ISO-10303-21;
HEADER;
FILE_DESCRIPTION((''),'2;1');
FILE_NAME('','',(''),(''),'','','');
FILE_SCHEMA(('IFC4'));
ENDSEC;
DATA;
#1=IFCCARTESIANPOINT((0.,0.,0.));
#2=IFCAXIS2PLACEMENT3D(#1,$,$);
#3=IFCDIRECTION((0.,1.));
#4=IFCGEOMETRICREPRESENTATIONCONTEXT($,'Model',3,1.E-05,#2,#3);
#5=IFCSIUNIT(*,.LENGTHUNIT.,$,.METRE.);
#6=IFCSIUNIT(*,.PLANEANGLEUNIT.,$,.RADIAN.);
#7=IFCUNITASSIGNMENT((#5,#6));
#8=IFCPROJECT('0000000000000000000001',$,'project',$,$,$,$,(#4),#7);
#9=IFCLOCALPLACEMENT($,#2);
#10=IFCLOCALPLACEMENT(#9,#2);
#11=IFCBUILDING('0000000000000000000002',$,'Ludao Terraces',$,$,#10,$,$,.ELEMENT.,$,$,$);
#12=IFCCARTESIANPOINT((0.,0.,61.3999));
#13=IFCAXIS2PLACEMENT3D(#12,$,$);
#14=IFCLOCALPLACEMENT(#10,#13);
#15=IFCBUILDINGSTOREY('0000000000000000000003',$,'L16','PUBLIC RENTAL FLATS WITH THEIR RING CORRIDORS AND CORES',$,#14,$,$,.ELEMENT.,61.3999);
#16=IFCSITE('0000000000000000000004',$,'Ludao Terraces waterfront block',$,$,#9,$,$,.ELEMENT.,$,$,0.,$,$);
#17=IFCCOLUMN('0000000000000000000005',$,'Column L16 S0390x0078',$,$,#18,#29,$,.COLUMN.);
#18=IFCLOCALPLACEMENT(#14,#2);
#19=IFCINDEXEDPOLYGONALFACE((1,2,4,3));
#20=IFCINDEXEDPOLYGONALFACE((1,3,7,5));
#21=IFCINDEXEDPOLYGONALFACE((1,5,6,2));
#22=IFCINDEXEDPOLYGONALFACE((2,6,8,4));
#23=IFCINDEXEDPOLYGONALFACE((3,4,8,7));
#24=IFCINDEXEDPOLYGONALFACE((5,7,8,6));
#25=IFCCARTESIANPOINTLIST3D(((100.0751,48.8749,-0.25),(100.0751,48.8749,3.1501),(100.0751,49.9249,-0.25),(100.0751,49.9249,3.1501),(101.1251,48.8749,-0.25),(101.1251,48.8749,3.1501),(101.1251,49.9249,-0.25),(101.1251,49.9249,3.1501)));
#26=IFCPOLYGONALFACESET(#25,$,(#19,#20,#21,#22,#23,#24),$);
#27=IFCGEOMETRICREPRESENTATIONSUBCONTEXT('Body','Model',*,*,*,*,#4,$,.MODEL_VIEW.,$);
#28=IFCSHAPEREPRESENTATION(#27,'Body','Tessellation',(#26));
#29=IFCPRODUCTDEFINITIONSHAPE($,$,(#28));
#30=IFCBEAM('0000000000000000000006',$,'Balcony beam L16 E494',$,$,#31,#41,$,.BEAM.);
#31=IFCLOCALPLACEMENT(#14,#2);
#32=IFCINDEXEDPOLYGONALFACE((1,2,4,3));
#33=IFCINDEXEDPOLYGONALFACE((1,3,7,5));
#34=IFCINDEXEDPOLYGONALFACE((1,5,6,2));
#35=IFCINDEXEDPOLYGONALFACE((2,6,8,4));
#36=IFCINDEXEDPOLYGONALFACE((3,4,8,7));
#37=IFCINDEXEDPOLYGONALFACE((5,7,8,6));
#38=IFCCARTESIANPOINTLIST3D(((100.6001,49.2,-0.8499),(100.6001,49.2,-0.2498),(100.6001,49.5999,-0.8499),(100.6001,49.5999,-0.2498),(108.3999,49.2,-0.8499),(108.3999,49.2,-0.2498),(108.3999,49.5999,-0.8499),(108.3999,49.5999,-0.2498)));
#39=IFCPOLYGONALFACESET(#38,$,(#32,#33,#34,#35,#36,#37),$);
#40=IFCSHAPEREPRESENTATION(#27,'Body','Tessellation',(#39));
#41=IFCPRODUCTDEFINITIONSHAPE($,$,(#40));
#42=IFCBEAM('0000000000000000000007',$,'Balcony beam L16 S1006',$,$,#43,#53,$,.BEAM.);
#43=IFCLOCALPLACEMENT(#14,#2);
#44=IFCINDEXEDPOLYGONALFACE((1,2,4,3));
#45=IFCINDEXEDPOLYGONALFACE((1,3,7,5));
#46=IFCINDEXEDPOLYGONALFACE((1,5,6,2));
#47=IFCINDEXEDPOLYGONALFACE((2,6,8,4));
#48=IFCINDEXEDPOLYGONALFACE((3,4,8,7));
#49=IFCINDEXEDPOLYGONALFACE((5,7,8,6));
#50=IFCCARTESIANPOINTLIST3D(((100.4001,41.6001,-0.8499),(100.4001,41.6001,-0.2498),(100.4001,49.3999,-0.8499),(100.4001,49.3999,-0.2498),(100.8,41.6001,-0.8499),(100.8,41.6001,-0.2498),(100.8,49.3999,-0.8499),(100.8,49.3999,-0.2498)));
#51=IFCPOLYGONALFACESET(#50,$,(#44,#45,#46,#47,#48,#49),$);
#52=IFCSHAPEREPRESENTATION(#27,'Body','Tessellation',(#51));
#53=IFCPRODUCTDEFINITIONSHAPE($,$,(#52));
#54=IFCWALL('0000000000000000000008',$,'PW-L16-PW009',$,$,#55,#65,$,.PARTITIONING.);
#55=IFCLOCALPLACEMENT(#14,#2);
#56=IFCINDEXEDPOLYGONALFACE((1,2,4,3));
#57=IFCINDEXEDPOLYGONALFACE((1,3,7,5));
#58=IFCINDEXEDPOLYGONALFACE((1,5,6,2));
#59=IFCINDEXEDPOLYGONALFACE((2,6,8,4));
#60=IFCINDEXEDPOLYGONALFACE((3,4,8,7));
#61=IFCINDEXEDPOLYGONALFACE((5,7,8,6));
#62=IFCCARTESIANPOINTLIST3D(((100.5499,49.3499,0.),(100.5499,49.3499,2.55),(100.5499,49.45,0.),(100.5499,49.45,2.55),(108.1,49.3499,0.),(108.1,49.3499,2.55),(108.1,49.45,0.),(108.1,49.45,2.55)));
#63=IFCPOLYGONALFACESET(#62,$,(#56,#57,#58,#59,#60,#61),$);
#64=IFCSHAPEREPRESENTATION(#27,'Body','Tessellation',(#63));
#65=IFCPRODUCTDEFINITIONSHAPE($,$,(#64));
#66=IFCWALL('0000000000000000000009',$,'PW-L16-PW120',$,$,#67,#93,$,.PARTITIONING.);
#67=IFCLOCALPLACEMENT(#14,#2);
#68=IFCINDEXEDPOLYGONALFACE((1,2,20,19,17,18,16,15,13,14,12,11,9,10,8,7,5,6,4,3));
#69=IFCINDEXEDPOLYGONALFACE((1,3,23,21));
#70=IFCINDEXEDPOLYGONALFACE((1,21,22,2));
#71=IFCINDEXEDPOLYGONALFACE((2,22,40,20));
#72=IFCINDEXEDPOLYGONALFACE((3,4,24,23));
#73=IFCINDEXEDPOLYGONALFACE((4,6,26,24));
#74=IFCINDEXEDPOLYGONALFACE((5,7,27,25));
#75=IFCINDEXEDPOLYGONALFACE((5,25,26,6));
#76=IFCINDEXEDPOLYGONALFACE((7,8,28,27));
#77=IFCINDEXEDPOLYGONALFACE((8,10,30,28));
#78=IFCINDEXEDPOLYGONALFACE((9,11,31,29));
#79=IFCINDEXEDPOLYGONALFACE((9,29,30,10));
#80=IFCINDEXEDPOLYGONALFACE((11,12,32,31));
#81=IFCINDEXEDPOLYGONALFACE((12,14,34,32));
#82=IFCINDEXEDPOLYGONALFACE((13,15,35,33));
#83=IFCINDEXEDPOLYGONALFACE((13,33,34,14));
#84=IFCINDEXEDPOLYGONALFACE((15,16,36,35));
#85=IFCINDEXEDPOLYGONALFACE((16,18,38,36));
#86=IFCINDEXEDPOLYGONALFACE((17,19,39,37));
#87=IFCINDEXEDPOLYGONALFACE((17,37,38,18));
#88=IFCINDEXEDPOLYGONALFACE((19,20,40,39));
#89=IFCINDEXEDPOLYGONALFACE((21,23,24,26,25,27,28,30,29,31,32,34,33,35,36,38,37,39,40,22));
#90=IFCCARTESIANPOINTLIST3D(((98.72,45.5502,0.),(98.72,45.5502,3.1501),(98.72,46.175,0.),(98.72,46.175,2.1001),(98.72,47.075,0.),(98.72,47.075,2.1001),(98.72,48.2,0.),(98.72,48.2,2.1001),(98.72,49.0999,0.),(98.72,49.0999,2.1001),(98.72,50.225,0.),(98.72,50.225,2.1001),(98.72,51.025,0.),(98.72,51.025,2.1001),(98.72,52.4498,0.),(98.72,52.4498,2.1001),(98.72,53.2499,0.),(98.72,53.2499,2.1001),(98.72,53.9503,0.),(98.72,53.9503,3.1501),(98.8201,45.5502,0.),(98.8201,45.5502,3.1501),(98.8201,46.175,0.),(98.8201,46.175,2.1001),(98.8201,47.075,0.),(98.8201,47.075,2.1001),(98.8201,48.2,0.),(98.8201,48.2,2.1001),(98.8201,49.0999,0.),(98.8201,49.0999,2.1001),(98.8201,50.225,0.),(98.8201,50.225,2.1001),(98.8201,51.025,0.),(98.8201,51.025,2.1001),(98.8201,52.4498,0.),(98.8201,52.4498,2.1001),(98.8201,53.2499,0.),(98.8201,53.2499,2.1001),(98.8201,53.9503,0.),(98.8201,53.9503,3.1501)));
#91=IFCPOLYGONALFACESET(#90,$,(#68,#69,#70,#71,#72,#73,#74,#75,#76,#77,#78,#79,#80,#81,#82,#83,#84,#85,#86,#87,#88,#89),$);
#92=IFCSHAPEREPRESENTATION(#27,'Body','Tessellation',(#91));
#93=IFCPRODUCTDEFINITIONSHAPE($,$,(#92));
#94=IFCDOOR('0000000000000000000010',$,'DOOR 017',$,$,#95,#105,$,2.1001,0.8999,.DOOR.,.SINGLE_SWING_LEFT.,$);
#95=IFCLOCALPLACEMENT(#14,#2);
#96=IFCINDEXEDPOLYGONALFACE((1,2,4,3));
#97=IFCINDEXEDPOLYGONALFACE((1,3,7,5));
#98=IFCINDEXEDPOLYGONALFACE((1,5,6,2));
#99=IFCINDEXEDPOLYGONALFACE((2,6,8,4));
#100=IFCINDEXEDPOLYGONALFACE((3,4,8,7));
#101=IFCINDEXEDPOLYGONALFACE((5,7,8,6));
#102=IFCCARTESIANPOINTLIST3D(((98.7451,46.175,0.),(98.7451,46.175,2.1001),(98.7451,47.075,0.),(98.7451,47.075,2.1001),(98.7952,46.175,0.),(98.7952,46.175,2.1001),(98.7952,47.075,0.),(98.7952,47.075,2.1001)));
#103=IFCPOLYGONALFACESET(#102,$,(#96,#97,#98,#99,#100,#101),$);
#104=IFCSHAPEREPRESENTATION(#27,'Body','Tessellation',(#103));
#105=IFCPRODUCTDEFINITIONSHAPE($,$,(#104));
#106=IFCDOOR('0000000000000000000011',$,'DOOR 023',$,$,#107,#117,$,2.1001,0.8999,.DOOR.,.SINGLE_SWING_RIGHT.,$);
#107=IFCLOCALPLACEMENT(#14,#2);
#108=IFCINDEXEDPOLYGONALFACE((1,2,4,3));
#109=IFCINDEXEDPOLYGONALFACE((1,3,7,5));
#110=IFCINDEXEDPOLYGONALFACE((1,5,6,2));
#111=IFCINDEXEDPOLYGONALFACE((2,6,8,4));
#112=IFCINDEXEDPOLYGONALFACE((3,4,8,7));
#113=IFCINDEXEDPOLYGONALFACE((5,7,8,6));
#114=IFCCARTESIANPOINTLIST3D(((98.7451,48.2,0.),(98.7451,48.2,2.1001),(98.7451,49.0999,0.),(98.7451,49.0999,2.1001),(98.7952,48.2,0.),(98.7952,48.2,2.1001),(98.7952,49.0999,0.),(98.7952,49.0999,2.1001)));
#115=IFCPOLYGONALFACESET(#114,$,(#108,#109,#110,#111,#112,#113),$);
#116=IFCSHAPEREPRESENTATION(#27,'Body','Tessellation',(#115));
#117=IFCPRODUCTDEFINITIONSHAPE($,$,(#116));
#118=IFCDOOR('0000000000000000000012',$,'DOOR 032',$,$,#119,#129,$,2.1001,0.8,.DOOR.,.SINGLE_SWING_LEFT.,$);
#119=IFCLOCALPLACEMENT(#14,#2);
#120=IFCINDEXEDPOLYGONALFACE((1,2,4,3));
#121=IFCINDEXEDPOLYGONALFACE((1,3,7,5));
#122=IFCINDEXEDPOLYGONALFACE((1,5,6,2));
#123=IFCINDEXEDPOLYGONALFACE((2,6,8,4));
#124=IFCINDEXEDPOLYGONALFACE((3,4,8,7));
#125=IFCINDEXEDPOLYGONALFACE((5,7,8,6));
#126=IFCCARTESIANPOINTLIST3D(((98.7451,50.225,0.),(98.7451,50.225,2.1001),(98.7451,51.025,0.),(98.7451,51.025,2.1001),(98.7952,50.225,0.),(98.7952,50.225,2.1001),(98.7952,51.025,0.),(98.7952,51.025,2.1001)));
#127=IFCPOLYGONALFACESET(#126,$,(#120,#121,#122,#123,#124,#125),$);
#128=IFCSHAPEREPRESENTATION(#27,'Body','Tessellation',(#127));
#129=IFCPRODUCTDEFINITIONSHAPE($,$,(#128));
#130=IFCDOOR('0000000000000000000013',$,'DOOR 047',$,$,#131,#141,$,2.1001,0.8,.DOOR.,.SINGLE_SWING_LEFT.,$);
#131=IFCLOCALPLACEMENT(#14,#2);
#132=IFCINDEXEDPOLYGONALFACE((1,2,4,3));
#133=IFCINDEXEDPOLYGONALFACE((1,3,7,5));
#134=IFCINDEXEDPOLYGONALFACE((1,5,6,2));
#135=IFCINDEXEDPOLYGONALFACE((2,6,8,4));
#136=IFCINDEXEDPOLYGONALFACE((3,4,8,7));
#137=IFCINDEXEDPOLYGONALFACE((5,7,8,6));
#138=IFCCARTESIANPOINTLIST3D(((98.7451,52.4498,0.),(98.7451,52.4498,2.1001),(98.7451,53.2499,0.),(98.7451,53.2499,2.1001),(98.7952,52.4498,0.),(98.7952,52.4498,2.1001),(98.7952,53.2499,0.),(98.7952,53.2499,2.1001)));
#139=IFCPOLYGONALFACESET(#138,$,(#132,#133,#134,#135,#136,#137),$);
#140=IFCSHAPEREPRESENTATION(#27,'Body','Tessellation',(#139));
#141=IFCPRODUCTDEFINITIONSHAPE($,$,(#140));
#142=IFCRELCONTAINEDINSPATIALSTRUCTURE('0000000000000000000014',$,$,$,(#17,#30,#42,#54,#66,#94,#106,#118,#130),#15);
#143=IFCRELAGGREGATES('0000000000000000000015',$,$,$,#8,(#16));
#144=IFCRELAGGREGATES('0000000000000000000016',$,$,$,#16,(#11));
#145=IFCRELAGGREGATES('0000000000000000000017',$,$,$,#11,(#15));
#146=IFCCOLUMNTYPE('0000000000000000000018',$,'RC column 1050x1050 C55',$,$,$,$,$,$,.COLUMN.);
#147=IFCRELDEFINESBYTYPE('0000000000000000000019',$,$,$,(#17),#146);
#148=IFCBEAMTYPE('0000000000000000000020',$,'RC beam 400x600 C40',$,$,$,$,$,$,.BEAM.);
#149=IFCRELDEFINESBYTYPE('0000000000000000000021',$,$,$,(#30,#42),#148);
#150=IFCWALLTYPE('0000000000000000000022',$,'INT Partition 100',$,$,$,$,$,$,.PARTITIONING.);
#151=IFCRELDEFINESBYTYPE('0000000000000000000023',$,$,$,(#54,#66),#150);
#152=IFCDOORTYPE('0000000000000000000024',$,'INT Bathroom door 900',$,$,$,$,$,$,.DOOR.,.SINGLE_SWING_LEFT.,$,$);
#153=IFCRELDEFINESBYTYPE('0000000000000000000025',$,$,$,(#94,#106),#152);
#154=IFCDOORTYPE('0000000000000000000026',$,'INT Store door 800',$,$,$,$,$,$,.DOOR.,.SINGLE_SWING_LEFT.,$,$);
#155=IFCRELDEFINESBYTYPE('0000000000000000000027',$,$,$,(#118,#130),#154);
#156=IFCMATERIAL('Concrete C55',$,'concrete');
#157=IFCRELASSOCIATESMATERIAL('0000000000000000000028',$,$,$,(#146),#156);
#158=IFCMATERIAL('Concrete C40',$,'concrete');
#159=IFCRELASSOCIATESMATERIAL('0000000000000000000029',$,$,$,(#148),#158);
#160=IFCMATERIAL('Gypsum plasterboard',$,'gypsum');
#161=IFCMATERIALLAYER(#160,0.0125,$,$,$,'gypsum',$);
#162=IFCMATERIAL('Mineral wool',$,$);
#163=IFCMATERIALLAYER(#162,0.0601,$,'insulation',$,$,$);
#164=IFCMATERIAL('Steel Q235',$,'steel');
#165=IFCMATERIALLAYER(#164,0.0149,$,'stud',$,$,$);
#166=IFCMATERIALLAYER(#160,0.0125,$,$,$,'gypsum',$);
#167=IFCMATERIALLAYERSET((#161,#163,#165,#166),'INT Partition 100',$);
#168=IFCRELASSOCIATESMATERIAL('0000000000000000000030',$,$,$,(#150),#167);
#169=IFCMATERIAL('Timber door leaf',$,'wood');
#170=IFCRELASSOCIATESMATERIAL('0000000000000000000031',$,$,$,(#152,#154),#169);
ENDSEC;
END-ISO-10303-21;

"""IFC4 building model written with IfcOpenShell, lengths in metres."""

from ifc_helpers import new_model, si_unit, direction, frame, frame_2d, origin, origin_2d, place, context, subcontext, project, spatial, rectangle, extrude, material, layer, layer_set, material_profile, profile_set, type_object, element, fill, save


model = new_model("IFC4")

# Units and contexts
model_context = context("Model", 3, precision=1e-05, world=origin(), true_north=direction((0.0, 1.0)))
body_context = subcontext(model_context, "Body", "Model", "MODEL_VIEW")
ifc_project = project(units=[si_unit("LENGTHUNIT", "METRE"), si_unit("PLANEANGLEUNIT", "RADIAN")], contexts=[model_context])

# Site, building, storey
site_placement = place(None, origin())
site = spatial("IfcSite", under=ifc_project, at=site_placement, Name="Ludao Terraces waterfront block", CompositionType="ELEMENT", RefElevation=0.0)
building_placement = place(site_placement, origin())
building = spatial("IfcBuilding", under=site, at=building_placement, Name="Ludao Terraces", CompositionType="ELEMENT")
storey_placement = place(building_placement, frame((0.0, 0.0, 61.3999)))
storey = spatial("IfcBuildingStorey", under=building, at=storey_placement, Name="L16", Description="PUBLIC RENTAL FLATS WITH THEIR RING CORRIDORS AND CORES", CompositionType="ELEMENT", Elevation=61.3999)

# Column
ifc_material_1 = material(Name="Concrete C55", Category="concrete")
ifc_material_profile_1 = material_profile(ifc_material_1, rectangle(XDim=1.05, YDim=1.05, at=origin_2d()), Name="1050 X 1050")
ifc_profile_set_1 = profile_set([ifc_material_profile_1], Name="Concrete C55")
column_type = type_object("IfcColumnType", Name="RC column 1050x1050 C55", PredefinedType="COLUMN", material=ifc_profile_set_1)
column_placement = place(storey_placement, frame((100.6001, 49.3999, -0.25), z_axis=(0.0, 0.0, 1.0), x_axis=(1.0, 0.0, 0.0)))
element("IfcColumn", 1, at=column_placement, inside=storey, type_object=column_type, Name="Column L16 S0390x0078", PredefinedType="COLUMN", context=body_context, shape_type="SweptSolid", body=[
    extrude(rectangle(XDim=1.05, YDim=1.05, at=origin_2d()), origin(), (0.0, 0.0, 1.0), 3.4001),
])

# Beams
ifc_material_2 = material(Name="Concrete C40", Category="concrete")
ifc_material_profile_2 = material_profile(ifc_material_2, rectangle(XDim=0.3999, YDim=0.6001, at=origin_2d()), Name="400 X 600")
ifc_profile_set_2 = profile_set([ifc_material_profile_2], Name="Concrete C40")
beam_type = type_object("IfcBeamType", Name="RC beam 400x600 C40", PredefinedType="BEAM", material=ifc_profile_set_2)
for number, where, z_axis, x_axis, name in (
    (2, (100.6001, 49.3999, -0.5498), (1.0, 0.0, 0.0), (0.0, 1.0, 0.0), "Balcony beam L16 E494"),
    (3, (100.6001, 49.3999, -0.5498), (0.0, -1.0, 0.0), (1.0, 0.0, 0.0), "Balcony beam L16 S1006"),
):
    element("IfcBeam", number, at=place(storey_placement, frame(where, z_axis=z_axis, x_axis=x_axis)), inside=storey, type_object=beam_type, Name=name, PredefinedType="BEAM", context=body_context, shape_type="SweptSolid", body=[
        extrude(rectangle(XDim=0.3999, YDim=0.6001, at=origin_2d()), origin(), (0.0, 0.0, 1.0), 7.7998),
    ])

# Wall
ifc_material_3 = material(Name="Gypsum plasterboard", Category="gypsum")
ifc_layer_1 = layer(ifc_material_3, 0.0125, Category="gypsum")
ifc_material_4 = material(Name="Mineral wool")
ifc_layer_2 = layer(ifc_material_4, 0.0601, Name="insulation")
ifc_material_5 = material(Name="Steel Q235", Category="steel")
ifc_layer_3 = layer(ifc_material_5, 0.0149, Name="stud")
ifc_layer_4 = layer(ifc_material_3, 0.0125, Category="gypsum")
ifc_layer_set = layer_set([ifc_layer_1, ifc_layer_2, ifc_layer_3, ifc_layer_4], Name="INT Partition 100")
wall_type = type_object("IfcWallType", Name="INT Partition 100", PredefinedType="PARTITIONING", material=ifc_layer_set)
wall_1_placement = place(storey_placement, frame((100.55, 49.3999, 0.0), z_axis=(0.0, 0.0, 1.0), x_axis=(1.0, 0.0, 0.0)))
element("IfcWall", 4, at=wall_1_placement, inside=storey, type_object=wall_type, Name="PW-L16-PW009", PredefinedType="PARTITIONING", context=body_context, shape_type="SweptSolid", body=[
    extrude(rectangle(XDim=7.55, YDim=0.1001, at=frame_2d((3.7749, 0.0))), origin(), (0.0, 0.0, 1.0), 2.55),
])

# Wall, openings, doors
wall_2_placement = place(storey_placement, frame((98.77, 45.55, 0.0), z_axis=(0.0, 0.0, 1.0), x_axis=(0.0, 1.0, 0.0)))
wall_2 = element("IfcWall", 5, at=wall_2_placement, inside=storey, type_object=wall_type, Name="PW-L16-PW120", PredefinedType="PARTITIONING", context=body_context, shape_type="SweptSolid", body=[
    extrude(rectangle(XDim=8.4001, YDim=0.1001, at=frame_2d((4.2002, 0.0))), origin(), (0.0, 0.0, 1.0), 3.1501),
])
opening_1_placement = place(wall_2_placement, frame((0.625, 0.0, 0.0)))
opening_1 = element("IfcOpeningElement", 6, at=opening_1_placement, cuts=wall_2, PredefinedType="OPENING", context=body_context, shape_type="SweptSolid", body=[
    extrude(rectangle(XDim=0.8999, YDim=2.1001, at=frame_2d((0.45, 1.05))), frame((0.0, 0.0601, 0.0), z_axis=(0.0, -1.0, 0.0), x_axis=(1.0, 0.0, 0.0)), (0.0, 0.0, 1.0), 0.1201),
])
opening_2_placement = place(wall_2_placement, frame((2.6499, 0.0, 0.0)))
opening_2 = element("IfcOpeningElement", 7, at=opening_2_placement, cuts=wall_2, PredefinedType="OPENING", context=body_context, shape_type="SweptSolid", body=[
    extrude(rectangle(XDim=0.8999, YDim=2.1001, at=frame_2d((0.45, 1.05))), frame((0.0, 0.0601, 0.0), z_axis=(0.0, -1.0, 0.0), x_axis=(1.0, 0.0, 0.0)), (0.0, 0.0, 1.0), 0.1201),
])
opening_3_placement = place(wall_2_placement, frame((4.675, 0.0, 0.0)))
opening_3 = element("IfcOpeningElement", 8, at=opening_3_placement, cuts=wall_2, PredefinedType="OPENING", context=body_context, shape_type="SweptSolid", body=[
    extrude(rectangle(XDim=0.8, YDim=2.1001, at=frame_2d((0.3999, 1.05))), frame((0.0, 0.0601, 0.0), z_axis=(0.0, -1.0, 0.0), x_axis=(1.0, 0.0, 0.0)), (0.0, 0.0, 1.0), 0.1201),
])
opening_4_placement = place(wall_2_placement, frame((6.8999, 0.0, 0.0)))
opening_4 = element("IfcOpeningElement", 9, at=opening_4_placement, cuts=wall_2, PredefinedType="OPENING", context=body_context, shape_type="SweptSolid", body=[
    extrude(rectangle(XDim=0.8, YDim=2.1001, at=frame_2d((0.3999, 1.05))), frame((0.0, 0.0601, 0.0), z_axis=(0.0, -1.0, 0.0), x_axis=(1.0, 0.0, 0.0)), (0.0, 0.0, 1.0), 0.1201),
])
ifc_material_6 = material(Name="Timber door leaf", Category="wood")
door_type_1 = type_object("IfcDoorType", Name="INT Bathroom door 900", OperationType="SINGLE_SWING_LEFT", PredefinedType="DOOR", material=ifc_material_6)
door_1_placement = place(opening_1_placement, origin())
door_1 = element("IfcDoor", 10, at=door_1_placement, inside=storey, type_object=door_type_1, Name="DOOR 017", OperationType="SINGLE_SWING_LEFT", OverallHeight=2.1001, OverallWidth=0.8999, PredefinedType="DOOR", context=body_context, shape_type="SweptSolid", body=[
    extrude(rectangle(XDim=0.8999, YDim=2.1001, at=frame_2d((0.45, 1.05))), frame((0.0, 0.0249, 0.0), z_axis=(0.0, -1.0, 0.0), x_axis=(1.0, 0.0, 0.0)), (0.0, 0.0, 1.0), 0.05),
])
fill(opening_1, door_1)
door_2_placement = place(opening_2_placement, origin())
door_2 = element("IfcDoor", 11, at=door_2_placement, inside=storey, type_object=door_type_1, Name="DOOR 023", OperationType="SINGLE_SWING_RIGHT", OverallHeight=2.1001, OverallWidth=0.8999, PredefinedType="DOOR", context=body_context, shape_type="SweptSolid", body=[
    extrude(rectangle(XDim=0.8999, YDim=2.1001, at=frame_2d((0.45, 1.05))), frame((0.0, 0.0249, 0.0), z_axis=(0.0, -1.0, 0.0), x_axis=(1.0, 0.0, 0.0)), (0.0, 0.0, 1.0), 0.05),
])
fill(opening_2, door_2)
door_type_2 = type_object("IfcDoorType", Name="INT Store door 800", OperationType="SINGLE_SWING_LEFT", PredefinedType="DOOR", material=ifc_material_6)
door_3_placement = place(opening_3_placement, origin())
door_3 = element("IfcDoor", 12, at=door_3_placement, inside=storey, type_object=door_type_2, Name="DOOR 032", OperationType="SINGLE_SWING_LEFT", OverallHeight=2.1001, OverallWidth=0.8, PredefinedType="DOOR", context=body_context, shape_type="SweptSolid", body=[
    extrude(rectangle(XDim=0.8, YDim=2.1001, at=frame_2d((0.3999, 1.05))), frame((0.0, 0.0249, 0.0), z_axis=(0.0, -1.0, 0.0), x_axis=(1.0, 0.0, 0.0)), (0.0, 0.0, 1.0), 0.05),
])
fill(opening_3, door_3)
door_4_placement = place(opening_4_placement, origin())
door_4 = element("IfcDoor", 13, at=door_4_placement, inside=storey, type_object=door_type_2, Name="DOOR 047", OperationType="SINGLE_SWING_LEFT", OverallHeight=2.1001, OverallWidth=0.8, PredefinedType="DOOR", context=body_context, shape_type="SweptSolid", body=[
    extrude(rectangle(XDim=0.8, YDim=2.1001, at=frame_2d((0.3999, 1.05))), frame((0.0, 0.0249, 0.0), z_axis=(0.0, -1.0, 0.0), x_axis=(1.0, 0.0, 0.0)), (0.0, 0.0, 1.0), 0.05),
])
fill(opening_4, door_4)

save(model, "model.ifc")
